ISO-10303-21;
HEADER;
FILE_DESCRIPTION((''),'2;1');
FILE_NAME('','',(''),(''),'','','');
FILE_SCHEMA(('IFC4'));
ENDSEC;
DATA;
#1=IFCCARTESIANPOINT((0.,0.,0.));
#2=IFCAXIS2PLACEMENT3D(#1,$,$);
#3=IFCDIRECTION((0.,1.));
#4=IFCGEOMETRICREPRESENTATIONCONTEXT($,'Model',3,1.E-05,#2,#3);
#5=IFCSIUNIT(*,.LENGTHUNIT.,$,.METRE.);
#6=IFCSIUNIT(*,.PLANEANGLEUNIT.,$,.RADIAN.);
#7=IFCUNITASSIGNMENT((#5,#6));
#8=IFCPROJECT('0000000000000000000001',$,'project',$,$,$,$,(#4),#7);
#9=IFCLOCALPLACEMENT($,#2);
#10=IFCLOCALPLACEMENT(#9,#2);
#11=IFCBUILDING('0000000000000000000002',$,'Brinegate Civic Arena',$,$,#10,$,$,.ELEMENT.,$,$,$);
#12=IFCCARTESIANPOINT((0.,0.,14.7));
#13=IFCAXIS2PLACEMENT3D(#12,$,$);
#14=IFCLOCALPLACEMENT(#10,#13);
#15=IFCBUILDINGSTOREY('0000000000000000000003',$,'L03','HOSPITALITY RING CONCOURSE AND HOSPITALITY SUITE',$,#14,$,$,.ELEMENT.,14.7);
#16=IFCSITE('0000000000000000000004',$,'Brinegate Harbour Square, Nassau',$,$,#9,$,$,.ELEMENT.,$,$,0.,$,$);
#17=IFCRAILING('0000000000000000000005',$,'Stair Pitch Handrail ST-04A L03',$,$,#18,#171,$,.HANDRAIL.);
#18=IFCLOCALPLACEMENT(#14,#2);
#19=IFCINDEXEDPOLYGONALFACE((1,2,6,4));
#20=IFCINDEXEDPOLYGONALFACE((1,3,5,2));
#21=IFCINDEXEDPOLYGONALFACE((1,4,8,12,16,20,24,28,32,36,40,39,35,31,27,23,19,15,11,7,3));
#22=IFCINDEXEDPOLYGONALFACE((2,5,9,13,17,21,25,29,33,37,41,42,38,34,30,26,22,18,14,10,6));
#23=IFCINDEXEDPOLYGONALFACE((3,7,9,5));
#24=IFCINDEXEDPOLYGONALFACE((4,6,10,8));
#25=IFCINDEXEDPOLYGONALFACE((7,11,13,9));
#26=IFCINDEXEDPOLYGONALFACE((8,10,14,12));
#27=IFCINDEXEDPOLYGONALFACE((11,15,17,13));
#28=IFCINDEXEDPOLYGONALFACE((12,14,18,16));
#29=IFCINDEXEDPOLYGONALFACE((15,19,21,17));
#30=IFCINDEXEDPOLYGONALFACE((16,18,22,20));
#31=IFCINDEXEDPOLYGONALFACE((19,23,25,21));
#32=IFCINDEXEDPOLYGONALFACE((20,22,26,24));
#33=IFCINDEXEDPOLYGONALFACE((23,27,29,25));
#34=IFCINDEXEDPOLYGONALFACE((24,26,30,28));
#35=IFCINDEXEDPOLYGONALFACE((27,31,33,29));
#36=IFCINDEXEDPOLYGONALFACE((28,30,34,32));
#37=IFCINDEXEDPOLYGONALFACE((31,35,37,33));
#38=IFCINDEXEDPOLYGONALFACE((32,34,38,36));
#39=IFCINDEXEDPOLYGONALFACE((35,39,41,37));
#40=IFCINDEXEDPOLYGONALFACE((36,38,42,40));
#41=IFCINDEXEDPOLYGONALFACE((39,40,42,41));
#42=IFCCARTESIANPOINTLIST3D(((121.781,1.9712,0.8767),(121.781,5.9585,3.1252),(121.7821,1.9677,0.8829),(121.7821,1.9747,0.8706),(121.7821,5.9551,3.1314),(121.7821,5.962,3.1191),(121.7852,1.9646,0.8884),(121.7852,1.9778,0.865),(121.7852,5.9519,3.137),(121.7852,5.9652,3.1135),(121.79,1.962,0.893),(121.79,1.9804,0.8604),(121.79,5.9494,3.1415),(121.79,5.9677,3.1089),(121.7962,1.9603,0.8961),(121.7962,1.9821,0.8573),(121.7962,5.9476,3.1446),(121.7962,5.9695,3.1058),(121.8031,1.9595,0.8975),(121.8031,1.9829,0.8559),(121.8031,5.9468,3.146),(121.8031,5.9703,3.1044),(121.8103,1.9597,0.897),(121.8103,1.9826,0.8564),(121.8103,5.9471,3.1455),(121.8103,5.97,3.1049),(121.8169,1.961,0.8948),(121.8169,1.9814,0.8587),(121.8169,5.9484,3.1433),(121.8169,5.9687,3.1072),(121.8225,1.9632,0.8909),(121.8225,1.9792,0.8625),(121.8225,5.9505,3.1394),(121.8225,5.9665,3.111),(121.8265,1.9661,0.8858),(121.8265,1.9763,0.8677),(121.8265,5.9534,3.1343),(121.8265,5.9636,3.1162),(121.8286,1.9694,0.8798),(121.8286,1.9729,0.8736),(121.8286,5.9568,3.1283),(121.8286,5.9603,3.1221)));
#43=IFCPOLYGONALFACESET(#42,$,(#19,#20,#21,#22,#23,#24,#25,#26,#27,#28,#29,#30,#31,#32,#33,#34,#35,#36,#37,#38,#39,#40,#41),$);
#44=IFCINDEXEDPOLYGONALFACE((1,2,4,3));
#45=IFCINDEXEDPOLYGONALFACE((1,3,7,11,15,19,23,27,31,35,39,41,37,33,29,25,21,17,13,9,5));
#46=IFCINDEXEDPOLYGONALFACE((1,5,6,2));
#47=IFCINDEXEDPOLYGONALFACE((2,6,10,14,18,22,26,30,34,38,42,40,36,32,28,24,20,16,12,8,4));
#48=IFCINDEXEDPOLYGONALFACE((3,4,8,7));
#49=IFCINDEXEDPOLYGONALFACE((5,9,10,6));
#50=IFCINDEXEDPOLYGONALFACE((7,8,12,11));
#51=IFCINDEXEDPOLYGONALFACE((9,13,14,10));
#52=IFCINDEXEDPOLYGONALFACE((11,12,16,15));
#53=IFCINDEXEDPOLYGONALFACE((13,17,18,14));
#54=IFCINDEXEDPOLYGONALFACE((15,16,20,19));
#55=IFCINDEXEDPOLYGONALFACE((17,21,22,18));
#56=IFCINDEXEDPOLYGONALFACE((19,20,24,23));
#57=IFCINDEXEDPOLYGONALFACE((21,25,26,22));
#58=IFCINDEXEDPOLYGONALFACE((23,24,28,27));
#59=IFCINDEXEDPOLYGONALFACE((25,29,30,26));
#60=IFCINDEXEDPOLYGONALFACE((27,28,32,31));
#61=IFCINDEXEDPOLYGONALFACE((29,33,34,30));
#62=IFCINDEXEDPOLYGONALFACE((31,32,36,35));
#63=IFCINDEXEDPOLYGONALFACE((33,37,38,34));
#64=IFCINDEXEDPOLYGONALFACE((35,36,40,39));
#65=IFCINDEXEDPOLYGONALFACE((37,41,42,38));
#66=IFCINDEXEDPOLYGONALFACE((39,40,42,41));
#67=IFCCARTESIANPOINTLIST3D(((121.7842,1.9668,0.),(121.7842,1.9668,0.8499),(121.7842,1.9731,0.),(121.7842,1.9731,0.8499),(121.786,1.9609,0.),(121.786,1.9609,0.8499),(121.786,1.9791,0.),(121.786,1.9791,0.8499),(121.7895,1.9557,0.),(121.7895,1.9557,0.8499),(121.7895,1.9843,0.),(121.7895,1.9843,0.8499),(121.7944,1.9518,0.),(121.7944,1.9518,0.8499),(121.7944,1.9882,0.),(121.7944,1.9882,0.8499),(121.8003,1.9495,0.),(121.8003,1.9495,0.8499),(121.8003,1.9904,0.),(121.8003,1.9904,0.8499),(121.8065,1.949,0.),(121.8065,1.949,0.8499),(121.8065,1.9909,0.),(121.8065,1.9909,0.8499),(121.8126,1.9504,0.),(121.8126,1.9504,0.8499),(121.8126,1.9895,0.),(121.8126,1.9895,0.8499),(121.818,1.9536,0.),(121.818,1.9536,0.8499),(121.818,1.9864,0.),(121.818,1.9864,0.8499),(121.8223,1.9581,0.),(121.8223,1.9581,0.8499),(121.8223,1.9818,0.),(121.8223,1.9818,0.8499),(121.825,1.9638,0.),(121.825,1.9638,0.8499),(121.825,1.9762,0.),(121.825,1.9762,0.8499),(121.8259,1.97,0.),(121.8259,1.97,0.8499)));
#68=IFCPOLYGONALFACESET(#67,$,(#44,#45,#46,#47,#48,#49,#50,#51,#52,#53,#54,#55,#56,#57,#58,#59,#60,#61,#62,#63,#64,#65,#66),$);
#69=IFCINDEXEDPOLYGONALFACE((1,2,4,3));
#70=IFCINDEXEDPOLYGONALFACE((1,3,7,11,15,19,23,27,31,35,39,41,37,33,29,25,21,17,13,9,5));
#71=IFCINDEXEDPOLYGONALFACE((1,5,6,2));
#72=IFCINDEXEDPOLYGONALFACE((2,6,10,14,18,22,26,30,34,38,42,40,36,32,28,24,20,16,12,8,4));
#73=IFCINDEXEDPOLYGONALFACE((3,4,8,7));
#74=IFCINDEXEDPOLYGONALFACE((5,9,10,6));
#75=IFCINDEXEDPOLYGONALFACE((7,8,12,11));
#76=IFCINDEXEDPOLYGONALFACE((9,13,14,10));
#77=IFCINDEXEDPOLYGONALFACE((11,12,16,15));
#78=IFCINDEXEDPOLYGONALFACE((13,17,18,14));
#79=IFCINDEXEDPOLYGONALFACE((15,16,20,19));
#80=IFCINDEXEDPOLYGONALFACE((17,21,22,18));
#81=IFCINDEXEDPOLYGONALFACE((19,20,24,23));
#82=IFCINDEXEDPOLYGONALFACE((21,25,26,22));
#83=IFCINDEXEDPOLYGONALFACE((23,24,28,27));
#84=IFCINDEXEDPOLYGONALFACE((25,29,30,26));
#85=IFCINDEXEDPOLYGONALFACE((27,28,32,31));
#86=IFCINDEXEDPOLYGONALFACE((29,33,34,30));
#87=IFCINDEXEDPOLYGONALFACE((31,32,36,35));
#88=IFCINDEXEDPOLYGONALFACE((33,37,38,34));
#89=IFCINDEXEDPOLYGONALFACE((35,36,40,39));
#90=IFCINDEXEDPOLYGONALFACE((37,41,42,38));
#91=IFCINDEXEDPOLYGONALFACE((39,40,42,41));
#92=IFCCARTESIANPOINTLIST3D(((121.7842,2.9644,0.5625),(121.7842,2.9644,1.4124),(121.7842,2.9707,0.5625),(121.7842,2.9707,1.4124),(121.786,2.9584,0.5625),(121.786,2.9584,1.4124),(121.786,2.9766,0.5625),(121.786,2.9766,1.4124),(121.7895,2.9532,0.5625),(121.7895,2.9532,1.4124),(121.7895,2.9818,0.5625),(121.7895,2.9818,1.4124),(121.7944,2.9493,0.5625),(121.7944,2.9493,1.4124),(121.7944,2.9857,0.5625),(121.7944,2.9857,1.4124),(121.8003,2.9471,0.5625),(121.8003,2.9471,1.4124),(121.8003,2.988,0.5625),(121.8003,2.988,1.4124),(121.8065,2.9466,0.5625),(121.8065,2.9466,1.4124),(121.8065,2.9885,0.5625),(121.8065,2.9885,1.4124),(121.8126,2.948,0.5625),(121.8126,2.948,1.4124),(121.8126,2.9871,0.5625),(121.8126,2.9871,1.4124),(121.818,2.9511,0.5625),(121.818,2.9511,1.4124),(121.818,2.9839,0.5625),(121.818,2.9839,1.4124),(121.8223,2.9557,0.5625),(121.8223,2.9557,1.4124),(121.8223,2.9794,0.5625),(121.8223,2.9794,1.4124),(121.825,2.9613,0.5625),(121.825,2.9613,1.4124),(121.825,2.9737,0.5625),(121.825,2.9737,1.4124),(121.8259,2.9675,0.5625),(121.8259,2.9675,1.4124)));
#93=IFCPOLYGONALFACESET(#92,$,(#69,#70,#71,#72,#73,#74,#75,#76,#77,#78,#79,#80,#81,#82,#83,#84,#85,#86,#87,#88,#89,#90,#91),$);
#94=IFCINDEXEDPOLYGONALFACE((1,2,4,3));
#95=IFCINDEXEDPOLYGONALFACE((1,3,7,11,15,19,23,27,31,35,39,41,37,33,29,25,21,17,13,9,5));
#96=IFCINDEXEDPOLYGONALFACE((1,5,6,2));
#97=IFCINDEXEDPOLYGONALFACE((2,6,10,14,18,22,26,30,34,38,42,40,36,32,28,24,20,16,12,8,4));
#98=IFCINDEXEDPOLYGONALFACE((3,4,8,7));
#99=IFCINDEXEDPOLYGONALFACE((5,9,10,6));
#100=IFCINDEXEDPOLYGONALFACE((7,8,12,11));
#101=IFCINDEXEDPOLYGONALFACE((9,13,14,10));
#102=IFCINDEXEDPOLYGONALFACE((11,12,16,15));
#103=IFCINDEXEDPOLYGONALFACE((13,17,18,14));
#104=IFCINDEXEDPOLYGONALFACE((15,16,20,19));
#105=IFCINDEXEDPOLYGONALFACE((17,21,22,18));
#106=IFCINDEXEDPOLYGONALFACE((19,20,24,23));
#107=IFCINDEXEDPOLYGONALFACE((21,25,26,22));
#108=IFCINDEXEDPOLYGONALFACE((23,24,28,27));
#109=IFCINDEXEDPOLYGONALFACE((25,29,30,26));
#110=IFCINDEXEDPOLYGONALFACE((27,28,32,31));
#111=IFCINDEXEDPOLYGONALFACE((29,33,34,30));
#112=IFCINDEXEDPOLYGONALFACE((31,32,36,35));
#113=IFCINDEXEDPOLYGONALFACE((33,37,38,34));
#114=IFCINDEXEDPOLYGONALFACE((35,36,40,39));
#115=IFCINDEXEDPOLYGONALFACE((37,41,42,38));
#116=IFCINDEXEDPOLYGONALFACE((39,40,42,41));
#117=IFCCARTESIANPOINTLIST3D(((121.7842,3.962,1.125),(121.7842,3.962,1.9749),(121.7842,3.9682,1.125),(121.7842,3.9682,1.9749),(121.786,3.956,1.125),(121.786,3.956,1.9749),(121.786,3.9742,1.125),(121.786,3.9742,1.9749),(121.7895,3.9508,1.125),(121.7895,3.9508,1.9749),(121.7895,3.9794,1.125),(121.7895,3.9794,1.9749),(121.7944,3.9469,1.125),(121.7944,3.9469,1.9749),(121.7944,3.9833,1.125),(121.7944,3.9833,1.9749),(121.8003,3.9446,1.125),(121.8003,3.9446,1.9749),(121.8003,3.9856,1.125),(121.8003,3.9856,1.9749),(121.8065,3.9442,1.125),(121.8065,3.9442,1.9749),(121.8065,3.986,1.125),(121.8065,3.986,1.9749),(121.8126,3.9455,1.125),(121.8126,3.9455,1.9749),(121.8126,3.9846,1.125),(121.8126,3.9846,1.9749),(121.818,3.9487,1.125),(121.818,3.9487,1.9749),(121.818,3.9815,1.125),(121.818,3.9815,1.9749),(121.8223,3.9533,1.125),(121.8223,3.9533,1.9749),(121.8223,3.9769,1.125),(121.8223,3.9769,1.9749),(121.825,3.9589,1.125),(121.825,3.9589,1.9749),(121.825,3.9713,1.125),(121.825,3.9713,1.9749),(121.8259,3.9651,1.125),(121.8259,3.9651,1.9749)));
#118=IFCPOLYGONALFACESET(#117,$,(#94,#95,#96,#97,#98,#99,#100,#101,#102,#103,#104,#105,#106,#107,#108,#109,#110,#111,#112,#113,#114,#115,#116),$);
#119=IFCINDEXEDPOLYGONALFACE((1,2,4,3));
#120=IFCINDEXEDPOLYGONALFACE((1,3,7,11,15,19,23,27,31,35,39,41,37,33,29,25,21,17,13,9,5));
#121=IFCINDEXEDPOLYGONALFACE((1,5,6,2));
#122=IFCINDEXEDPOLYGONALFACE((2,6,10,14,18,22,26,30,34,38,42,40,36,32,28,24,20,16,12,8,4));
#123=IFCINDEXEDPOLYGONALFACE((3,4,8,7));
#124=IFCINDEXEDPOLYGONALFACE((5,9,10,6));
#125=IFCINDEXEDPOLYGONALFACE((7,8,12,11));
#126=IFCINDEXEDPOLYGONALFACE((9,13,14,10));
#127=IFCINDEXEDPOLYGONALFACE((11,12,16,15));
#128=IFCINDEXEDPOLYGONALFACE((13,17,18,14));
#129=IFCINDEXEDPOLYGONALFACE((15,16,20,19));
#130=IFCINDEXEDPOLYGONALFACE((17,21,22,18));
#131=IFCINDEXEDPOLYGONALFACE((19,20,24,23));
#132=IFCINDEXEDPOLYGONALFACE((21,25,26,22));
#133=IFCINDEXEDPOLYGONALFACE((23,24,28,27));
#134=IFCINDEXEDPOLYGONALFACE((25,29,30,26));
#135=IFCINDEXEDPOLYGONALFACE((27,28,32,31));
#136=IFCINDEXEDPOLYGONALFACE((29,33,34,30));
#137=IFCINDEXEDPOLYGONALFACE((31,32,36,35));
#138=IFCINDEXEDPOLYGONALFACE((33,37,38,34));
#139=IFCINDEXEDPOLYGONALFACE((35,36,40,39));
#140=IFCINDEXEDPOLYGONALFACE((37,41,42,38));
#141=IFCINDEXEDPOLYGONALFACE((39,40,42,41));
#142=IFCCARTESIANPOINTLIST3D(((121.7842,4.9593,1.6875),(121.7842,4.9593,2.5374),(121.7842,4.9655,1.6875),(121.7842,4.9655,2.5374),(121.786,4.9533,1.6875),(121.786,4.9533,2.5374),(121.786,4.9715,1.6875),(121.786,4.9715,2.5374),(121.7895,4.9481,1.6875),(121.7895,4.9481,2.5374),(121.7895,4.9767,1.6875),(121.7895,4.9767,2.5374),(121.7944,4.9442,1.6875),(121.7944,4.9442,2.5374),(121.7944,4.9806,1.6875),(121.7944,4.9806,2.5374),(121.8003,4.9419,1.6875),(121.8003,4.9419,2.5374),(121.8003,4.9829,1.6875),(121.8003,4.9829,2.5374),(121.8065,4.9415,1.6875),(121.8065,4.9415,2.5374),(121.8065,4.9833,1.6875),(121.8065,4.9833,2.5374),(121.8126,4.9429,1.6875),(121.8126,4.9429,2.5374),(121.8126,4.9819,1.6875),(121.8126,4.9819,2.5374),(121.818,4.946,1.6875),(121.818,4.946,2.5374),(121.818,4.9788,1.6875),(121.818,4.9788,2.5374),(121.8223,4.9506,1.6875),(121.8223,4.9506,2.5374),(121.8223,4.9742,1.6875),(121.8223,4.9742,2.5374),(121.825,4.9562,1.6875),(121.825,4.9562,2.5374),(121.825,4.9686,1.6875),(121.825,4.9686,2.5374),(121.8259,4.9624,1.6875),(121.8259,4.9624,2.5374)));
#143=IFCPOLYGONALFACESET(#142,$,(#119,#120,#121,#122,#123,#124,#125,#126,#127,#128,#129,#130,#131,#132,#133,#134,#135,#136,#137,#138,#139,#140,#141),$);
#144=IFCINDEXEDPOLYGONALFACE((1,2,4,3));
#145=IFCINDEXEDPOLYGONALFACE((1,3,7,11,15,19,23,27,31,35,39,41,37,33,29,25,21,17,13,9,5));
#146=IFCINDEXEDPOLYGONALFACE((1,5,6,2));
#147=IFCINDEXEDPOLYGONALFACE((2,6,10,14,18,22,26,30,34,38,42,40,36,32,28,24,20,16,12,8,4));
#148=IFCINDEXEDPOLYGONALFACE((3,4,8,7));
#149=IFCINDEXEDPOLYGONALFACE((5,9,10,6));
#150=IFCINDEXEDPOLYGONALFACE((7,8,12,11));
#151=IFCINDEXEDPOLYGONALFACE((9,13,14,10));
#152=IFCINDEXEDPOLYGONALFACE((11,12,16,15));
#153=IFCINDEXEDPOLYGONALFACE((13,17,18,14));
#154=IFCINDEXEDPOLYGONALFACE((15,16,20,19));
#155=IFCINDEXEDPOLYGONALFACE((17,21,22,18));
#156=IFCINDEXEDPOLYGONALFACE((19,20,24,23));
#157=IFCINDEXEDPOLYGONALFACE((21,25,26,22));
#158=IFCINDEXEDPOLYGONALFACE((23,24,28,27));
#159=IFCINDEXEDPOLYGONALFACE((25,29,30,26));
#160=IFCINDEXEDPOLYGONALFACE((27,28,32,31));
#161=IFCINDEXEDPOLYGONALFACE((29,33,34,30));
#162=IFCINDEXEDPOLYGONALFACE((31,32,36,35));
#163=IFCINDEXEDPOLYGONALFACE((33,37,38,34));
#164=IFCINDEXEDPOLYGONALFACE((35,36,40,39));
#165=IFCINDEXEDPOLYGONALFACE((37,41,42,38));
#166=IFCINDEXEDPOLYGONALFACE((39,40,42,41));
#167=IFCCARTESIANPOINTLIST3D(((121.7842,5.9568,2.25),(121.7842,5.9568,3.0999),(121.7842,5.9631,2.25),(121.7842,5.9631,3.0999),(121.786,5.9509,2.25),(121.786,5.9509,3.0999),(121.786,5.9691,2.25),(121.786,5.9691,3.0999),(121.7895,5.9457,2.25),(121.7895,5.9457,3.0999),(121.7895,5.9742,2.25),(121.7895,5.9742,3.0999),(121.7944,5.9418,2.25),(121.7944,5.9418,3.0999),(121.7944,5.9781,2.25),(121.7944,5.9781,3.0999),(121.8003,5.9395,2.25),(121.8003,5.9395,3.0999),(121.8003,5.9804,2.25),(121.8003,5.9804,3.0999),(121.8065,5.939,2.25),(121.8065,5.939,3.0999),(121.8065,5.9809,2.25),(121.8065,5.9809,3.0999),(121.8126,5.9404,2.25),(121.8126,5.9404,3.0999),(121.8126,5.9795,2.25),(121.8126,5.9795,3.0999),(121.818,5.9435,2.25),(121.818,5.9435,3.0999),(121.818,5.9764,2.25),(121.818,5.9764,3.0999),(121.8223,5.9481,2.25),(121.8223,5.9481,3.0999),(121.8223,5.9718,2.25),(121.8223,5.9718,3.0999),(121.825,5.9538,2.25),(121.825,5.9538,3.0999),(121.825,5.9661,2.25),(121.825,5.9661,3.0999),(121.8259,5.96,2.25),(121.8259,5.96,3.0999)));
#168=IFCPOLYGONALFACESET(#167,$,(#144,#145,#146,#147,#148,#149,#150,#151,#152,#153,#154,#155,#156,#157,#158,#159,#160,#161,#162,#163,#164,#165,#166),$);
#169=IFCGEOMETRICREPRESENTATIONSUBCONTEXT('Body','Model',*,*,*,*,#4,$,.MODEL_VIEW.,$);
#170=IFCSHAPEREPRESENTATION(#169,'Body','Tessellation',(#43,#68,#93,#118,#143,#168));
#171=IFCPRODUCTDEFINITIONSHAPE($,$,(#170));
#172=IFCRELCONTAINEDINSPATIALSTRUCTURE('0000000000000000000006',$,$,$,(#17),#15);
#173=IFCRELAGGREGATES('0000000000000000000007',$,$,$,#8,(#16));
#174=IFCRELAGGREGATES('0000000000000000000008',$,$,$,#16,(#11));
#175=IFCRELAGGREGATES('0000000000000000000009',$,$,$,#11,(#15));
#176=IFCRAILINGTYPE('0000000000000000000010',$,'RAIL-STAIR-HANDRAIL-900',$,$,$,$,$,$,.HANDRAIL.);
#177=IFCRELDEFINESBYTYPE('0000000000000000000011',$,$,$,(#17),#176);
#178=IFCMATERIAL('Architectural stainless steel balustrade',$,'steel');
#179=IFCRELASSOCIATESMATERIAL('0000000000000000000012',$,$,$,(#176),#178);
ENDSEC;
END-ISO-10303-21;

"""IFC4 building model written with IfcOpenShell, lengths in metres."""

from ifc_helpers import new_model, si_unit, direction, frame, origin, origin_2d, place, context, subcontext, project, spatial, circle, extrude, material, type_object, element, save


model = new_model("IFC4")

# Units and contexts
model_context = context("Model", 3, precision=1e-05, world=origin(), true_north=direction((0.0, 1.0)))
body_context = subcontext(model_context, "Body", "Model", "MODEL_VIEW")
ifc_project = project(units=[si_unit("LENGTHUNIT", "METRE"), si_unit("PLANEANGLEUNIT", "RADIAN")], contexts=[model_context])

# Site, building, storey
site_placement = place(None, origin())
site = spatial("IfcSite", under=ifc_project, at=site_placement, Name="Brinegate Harbour Square, Nassau", CompositionType="ELEMENT", RefElevation=0.0)
building_placement = place(site_placement, origin())
building = spatial("IfcBuilding", under=site, at=building_placement, Name="Brinegate Civic Arena", CompositionType="ELEMENT")
storey_placement = place(building_placement, frame((0.0, 0.0, 14.7)))
storey = spatial("IfcBuildingStorey", under=building, at=storey_placement, Name="L03", Description="HOSPITALITY RING CONCOURSE AND HOSPITALITY SUITE", CompositionType="ELEMENT", Elevation=14.7)

# Railing
ifc_material_1 = material(Name="Architectural stainless steel balustrade", Category="steel")
railing_type_1 = type_object("IfcRailingType", Name="RAIL-STAIR-HANDRAIL-900", PredefinedType="HANDRAIL", material=ifc_material_1)
for number, where, name in (
    (1, (121.8049, 1.97, 0.0), "Stair Pitch Handrail ST-04A L03"),
):
    element("IfcRailing", number, at=place(storey_placement, frame(where)), inside=storey, type_object=railing_type_1, Name=name, PredefinedType="HANDRAIL", context=body_context, shape_type="SweptSolid", body=[
        extrude(circle(Radius=0.0239, at=origin_2d()), frame((0.0, 0.0012, 0.8767), z_axis=(0.0, 0.87105, 0.491195), x_axis=(-1.0, 0.0, 0.0)), (0.0, 0.0, 1.0), 4.5776),
        extrude(circle(Radius=0.021, at=origin_2d()), origin(), (0.0, 0.0, 1.0), 0.8499),
        extrude(circle(Radius=0.021, at=origin_2d()), frame((0.0, 0.9976, 0.5625)), (0.0, 0.0, 1.0), 0.8499),
        extrude(circle(Radius=0.021, at=origin_2d()), frame((0.0, 1.9951, 1.125)), (0.0, 0.0, 1.0), 0.8499),
        extrude(circle(Radius=0.021, at=origin_2d()), frame((0.0, 2.9924, 1.6875)), (0.0, 0.0, 1.0), 0.8499),
        extrude(circle(Radius=0.021, at=origin_2d()), frame((0.0, 3.99, 2.25)), (0.0, 0.0, 1.0), 0.8499),
    ])

save(model, "model.ifc")
